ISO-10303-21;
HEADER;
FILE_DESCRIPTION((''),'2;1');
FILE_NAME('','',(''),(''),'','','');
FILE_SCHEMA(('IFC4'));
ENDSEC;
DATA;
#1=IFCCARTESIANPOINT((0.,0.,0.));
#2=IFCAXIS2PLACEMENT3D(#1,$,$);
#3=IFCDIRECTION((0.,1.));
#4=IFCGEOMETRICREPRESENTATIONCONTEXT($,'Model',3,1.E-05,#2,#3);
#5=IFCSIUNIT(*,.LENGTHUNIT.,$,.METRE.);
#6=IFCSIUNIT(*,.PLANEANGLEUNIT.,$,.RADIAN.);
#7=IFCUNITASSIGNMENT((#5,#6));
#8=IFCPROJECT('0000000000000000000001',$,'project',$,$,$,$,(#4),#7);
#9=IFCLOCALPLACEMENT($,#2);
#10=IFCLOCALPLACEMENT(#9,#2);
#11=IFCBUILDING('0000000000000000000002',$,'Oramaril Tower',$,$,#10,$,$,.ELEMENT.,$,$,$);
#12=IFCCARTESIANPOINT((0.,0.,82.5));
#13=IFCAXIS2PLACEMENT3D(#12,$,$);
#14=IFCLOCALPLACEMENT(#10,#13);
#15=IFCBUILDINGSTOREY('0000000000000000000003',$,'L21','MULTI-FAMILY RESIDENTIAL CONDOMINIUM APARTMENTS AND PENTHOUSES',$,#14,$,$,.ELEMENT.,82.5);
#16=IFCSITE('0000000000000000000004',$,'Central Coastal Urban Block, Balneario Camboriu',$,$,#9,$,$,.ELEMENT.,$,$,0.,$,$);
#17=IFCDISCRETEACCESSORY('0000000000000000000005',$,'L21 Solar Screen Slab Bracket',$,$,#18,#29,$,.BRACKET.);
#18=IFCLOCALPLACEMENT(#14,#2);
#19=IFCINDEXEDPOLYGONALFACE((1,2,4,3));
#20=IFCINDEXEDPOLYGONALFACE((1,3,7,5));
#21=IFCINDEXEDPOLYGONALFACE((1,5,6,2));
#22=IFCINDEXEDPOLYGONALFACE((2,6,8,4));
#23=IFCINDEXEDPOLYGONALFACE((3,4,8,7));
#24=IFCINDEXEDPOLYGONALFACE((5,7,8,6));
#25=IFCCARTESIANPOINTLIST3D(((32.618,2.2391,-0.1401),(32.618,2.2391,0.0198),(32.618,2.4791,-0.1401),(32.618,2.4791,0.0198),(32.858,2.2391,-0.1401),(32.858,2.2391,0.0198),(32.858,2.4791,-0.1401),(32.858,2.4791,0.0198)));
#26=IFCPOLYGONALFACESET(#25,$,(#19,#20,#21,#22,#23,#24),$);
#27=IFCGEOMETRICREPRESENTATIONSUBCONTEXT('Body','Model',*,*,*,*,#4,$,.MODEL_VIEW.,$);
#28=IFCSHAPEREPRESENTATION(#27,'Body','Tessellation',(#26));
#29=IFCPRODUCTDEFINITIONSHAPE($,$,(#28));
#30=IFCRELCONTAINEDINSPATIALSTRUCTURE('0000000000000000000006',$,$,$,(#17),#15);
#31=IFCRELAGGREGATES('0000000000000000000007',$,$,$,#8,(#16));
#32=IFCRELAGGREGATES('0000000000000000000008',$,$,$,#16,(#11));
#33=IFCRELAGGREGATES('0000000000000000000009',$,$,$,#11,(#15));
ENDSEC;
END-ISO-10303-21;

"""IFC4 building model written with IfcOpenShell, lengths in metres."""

from ifc_helpers import new_model, si_unit, direction, frame, origin, origin_2d, place, context, subcontext, project, spatial, rectangle, extrude, element, save


model = new_model("IFC4")

# Units and contexts
model_context = context("Model", 3, precision=1e-05, world=origin(), true_north=direction((0.0, 1.0)))
body_context = subcontext(model_context, "Body", "Model", "MODEL_VIEW")
ifc_project = project(units=[si_unit("LENGTHUNIT", "METRE"), si_unit("PLANEANGLEUNIT", "RADIAN")], contexts=[model_context])

# Site, building, storey
site_placement = place(None, origin())
site = spatial("IfcSite", under=ifc_project, at=site_placement, Name="Central Coastal Urban Block, Balneario Camboriu", CompositionType="ELEMENT", RefElevation=0.0)
building_placement = place(site_placement, origin())
building = spatial("IfcBuilding", under=site, at=building_placement, Name="Oramaril Tower", CompositionType="ELEMENT")
storey_placement = place(building_placement, frame((0.0, 0.0, 82.5)))
storey = spatial("IfcBuildingStorey", under=building, at=storey_placement, Name="L21", Description="MULTI-FAMILY RESIDENTIAL CONDOMINIUM APARTMENTS AND PENTHOUSES", CompositionType="ELEMENT", Elevation=82.5)

# Discrete accessory
discrete_accessory_placement = place(storey_placement, frame((32.738, 2.3591, -0.1401), z_axis=(0.0, 0.0, 1.0), x_axis=(1.0, 0.0, 0.0)))
element("IfcDiscreteAccessory", 1, at=discrete_accessory_placement, inside=storey, Name="L21 Solar Screen Slab Bracket", PredefinedType="BRACKET", context=body_context, shape_type="SweptSolid", body=[
    extrude(rectangle(XDim=0.24, YDim=0.24, at=origin_2d()), origin(), (0.0, 0.0, 1.0), 0.1599),
])

save(model, "model.ifc")
